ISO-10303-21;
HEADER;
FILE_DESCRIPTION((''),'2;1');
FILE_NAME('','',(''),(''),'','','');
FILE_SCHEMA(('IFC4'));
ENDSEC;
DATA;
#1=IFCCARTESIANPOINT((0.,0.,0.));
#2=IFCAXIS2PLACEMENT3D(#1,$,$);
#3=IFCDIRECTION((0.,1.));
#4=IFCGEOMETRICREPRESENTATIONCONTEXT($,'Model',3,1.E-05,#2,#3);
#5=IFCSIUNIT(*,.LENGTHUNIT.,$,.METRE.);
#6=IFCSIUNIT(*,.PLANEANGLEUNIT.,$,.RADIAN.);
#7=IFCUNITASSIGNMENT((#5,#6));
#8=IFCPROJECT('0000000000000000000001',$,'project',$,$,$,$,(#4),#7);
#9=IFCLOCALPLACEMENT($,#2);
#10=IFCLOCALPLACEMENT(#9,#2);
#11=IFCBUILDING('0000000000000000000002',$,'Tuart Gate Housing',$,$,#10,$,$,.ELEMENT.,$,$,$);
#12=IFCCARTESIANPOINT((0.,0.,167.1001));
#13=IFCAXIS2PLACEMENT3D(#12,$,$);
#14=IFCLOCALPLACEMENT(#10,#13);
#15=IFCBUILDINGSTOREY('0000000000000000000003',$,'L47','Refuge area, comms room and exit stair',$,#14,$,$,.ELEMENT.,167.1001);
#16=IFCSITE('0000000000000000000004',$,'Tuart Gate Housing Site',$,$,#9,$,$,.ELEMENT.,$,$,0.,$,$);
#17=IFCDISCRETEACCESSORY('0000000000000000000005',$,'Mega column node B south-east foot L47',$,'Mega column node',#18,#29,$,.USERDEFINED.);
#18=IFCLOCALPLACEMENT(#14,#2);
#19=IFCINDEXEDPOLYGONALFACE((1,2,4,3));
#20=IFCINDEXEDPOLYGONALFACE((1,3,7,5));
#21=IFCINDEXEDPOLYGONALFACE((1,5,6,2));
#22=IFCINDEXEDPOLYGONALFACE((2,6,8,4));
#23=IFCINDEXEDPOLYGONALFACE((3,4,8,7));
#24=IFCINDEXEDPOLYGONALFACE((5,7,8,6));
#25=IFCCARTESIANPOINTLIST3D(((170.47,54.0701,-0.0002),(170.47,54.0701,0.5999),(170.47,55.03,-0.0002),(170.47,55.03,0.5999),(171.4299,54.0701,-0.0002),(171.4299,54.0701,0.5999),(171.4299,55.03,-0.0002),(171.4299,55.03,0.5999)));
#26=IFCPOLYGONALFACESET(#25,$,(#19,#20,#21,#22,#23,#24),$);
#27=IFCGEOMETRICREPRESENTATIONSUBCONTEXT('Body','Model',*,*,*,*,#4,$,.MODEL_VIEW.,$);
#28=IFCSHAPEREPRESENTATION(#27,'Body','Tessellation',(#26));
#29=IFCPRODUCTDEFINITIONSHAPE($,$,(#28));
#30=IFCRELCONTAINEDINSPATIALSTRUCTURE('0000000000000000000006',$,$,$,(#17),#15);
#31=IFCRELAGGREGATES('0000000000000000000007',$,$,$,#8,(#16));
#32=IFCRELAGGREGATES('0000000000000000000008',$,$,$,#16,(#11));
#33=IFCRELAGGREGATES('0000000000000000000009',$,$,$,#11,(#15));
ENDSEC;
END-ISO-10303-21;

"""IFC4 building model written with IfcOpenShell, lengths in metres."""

from ifc_helpers import new_model, si_unit, direction, frame, origin, origin_2d, place, context, subcontext, project, spatial, rectangle, extrude, element, save


model = new_model("IFC4")

# Units and contexts
model_context = context("Model", 3, precision=1e-05, world=origin(), true_north=direction((0.0, 1.0)))
body_context = subcontext(model_context, "Body", "Model", "MODEL_VIEW")
ifc_project = project(units=[si_unit("LENGTHUNIT", "METRE"), si_unit("PLANEANGLEUNIT", "RADIAN")], contexts=[model_context])

# Site, building, storey
site_placement = place(None, origin())
site = spatial("IfcSite", under=ifc_project, at=site_placement, Name="Tuart Gate Housing Site", CompositionType="ELEMENT", RefElevation=0.0)
building_placement = place(site_placement, origin())
building = spatial("IfcBuilding", under=site, at=building_placement, Name="Tuart Gate Housing", CompositionType="ELEMENT")
storey_placement = place(building_placement, frame((0.0, 0.0, 167.1001)))
storey = spatial("IfcBuildingStorey", under=building, at=storey_placement, Name="L47", Description="Refuge area, comms room and exit stair", CompositionType="ELEMENT", Elevation=167.1001)

# Discrete accessory
discrete_accessory_placement = place(storey_placement, frame((170.95, 54.55, -0.0002), z_axis=(0.0, 0.0, 1.0), x_axis=(1.0, 0.0, 0.0)))
element("IfcDiscreteAccessory", 1, at=discrete_accessory_placement, inside=storey, Name="Mega column node B south-east foot L47", ObjectType="Mega column node", PredefinedType="USERDEFINED", context=body_context, shape_type="SweptSolid", body=[
    extrude(rectangle(XDim=0.96, YDim=0.96, at=origin_2d()), origin(), (0.0, 0.0, 1.0), 0.6001),
])

save(model, "model.ifc")
